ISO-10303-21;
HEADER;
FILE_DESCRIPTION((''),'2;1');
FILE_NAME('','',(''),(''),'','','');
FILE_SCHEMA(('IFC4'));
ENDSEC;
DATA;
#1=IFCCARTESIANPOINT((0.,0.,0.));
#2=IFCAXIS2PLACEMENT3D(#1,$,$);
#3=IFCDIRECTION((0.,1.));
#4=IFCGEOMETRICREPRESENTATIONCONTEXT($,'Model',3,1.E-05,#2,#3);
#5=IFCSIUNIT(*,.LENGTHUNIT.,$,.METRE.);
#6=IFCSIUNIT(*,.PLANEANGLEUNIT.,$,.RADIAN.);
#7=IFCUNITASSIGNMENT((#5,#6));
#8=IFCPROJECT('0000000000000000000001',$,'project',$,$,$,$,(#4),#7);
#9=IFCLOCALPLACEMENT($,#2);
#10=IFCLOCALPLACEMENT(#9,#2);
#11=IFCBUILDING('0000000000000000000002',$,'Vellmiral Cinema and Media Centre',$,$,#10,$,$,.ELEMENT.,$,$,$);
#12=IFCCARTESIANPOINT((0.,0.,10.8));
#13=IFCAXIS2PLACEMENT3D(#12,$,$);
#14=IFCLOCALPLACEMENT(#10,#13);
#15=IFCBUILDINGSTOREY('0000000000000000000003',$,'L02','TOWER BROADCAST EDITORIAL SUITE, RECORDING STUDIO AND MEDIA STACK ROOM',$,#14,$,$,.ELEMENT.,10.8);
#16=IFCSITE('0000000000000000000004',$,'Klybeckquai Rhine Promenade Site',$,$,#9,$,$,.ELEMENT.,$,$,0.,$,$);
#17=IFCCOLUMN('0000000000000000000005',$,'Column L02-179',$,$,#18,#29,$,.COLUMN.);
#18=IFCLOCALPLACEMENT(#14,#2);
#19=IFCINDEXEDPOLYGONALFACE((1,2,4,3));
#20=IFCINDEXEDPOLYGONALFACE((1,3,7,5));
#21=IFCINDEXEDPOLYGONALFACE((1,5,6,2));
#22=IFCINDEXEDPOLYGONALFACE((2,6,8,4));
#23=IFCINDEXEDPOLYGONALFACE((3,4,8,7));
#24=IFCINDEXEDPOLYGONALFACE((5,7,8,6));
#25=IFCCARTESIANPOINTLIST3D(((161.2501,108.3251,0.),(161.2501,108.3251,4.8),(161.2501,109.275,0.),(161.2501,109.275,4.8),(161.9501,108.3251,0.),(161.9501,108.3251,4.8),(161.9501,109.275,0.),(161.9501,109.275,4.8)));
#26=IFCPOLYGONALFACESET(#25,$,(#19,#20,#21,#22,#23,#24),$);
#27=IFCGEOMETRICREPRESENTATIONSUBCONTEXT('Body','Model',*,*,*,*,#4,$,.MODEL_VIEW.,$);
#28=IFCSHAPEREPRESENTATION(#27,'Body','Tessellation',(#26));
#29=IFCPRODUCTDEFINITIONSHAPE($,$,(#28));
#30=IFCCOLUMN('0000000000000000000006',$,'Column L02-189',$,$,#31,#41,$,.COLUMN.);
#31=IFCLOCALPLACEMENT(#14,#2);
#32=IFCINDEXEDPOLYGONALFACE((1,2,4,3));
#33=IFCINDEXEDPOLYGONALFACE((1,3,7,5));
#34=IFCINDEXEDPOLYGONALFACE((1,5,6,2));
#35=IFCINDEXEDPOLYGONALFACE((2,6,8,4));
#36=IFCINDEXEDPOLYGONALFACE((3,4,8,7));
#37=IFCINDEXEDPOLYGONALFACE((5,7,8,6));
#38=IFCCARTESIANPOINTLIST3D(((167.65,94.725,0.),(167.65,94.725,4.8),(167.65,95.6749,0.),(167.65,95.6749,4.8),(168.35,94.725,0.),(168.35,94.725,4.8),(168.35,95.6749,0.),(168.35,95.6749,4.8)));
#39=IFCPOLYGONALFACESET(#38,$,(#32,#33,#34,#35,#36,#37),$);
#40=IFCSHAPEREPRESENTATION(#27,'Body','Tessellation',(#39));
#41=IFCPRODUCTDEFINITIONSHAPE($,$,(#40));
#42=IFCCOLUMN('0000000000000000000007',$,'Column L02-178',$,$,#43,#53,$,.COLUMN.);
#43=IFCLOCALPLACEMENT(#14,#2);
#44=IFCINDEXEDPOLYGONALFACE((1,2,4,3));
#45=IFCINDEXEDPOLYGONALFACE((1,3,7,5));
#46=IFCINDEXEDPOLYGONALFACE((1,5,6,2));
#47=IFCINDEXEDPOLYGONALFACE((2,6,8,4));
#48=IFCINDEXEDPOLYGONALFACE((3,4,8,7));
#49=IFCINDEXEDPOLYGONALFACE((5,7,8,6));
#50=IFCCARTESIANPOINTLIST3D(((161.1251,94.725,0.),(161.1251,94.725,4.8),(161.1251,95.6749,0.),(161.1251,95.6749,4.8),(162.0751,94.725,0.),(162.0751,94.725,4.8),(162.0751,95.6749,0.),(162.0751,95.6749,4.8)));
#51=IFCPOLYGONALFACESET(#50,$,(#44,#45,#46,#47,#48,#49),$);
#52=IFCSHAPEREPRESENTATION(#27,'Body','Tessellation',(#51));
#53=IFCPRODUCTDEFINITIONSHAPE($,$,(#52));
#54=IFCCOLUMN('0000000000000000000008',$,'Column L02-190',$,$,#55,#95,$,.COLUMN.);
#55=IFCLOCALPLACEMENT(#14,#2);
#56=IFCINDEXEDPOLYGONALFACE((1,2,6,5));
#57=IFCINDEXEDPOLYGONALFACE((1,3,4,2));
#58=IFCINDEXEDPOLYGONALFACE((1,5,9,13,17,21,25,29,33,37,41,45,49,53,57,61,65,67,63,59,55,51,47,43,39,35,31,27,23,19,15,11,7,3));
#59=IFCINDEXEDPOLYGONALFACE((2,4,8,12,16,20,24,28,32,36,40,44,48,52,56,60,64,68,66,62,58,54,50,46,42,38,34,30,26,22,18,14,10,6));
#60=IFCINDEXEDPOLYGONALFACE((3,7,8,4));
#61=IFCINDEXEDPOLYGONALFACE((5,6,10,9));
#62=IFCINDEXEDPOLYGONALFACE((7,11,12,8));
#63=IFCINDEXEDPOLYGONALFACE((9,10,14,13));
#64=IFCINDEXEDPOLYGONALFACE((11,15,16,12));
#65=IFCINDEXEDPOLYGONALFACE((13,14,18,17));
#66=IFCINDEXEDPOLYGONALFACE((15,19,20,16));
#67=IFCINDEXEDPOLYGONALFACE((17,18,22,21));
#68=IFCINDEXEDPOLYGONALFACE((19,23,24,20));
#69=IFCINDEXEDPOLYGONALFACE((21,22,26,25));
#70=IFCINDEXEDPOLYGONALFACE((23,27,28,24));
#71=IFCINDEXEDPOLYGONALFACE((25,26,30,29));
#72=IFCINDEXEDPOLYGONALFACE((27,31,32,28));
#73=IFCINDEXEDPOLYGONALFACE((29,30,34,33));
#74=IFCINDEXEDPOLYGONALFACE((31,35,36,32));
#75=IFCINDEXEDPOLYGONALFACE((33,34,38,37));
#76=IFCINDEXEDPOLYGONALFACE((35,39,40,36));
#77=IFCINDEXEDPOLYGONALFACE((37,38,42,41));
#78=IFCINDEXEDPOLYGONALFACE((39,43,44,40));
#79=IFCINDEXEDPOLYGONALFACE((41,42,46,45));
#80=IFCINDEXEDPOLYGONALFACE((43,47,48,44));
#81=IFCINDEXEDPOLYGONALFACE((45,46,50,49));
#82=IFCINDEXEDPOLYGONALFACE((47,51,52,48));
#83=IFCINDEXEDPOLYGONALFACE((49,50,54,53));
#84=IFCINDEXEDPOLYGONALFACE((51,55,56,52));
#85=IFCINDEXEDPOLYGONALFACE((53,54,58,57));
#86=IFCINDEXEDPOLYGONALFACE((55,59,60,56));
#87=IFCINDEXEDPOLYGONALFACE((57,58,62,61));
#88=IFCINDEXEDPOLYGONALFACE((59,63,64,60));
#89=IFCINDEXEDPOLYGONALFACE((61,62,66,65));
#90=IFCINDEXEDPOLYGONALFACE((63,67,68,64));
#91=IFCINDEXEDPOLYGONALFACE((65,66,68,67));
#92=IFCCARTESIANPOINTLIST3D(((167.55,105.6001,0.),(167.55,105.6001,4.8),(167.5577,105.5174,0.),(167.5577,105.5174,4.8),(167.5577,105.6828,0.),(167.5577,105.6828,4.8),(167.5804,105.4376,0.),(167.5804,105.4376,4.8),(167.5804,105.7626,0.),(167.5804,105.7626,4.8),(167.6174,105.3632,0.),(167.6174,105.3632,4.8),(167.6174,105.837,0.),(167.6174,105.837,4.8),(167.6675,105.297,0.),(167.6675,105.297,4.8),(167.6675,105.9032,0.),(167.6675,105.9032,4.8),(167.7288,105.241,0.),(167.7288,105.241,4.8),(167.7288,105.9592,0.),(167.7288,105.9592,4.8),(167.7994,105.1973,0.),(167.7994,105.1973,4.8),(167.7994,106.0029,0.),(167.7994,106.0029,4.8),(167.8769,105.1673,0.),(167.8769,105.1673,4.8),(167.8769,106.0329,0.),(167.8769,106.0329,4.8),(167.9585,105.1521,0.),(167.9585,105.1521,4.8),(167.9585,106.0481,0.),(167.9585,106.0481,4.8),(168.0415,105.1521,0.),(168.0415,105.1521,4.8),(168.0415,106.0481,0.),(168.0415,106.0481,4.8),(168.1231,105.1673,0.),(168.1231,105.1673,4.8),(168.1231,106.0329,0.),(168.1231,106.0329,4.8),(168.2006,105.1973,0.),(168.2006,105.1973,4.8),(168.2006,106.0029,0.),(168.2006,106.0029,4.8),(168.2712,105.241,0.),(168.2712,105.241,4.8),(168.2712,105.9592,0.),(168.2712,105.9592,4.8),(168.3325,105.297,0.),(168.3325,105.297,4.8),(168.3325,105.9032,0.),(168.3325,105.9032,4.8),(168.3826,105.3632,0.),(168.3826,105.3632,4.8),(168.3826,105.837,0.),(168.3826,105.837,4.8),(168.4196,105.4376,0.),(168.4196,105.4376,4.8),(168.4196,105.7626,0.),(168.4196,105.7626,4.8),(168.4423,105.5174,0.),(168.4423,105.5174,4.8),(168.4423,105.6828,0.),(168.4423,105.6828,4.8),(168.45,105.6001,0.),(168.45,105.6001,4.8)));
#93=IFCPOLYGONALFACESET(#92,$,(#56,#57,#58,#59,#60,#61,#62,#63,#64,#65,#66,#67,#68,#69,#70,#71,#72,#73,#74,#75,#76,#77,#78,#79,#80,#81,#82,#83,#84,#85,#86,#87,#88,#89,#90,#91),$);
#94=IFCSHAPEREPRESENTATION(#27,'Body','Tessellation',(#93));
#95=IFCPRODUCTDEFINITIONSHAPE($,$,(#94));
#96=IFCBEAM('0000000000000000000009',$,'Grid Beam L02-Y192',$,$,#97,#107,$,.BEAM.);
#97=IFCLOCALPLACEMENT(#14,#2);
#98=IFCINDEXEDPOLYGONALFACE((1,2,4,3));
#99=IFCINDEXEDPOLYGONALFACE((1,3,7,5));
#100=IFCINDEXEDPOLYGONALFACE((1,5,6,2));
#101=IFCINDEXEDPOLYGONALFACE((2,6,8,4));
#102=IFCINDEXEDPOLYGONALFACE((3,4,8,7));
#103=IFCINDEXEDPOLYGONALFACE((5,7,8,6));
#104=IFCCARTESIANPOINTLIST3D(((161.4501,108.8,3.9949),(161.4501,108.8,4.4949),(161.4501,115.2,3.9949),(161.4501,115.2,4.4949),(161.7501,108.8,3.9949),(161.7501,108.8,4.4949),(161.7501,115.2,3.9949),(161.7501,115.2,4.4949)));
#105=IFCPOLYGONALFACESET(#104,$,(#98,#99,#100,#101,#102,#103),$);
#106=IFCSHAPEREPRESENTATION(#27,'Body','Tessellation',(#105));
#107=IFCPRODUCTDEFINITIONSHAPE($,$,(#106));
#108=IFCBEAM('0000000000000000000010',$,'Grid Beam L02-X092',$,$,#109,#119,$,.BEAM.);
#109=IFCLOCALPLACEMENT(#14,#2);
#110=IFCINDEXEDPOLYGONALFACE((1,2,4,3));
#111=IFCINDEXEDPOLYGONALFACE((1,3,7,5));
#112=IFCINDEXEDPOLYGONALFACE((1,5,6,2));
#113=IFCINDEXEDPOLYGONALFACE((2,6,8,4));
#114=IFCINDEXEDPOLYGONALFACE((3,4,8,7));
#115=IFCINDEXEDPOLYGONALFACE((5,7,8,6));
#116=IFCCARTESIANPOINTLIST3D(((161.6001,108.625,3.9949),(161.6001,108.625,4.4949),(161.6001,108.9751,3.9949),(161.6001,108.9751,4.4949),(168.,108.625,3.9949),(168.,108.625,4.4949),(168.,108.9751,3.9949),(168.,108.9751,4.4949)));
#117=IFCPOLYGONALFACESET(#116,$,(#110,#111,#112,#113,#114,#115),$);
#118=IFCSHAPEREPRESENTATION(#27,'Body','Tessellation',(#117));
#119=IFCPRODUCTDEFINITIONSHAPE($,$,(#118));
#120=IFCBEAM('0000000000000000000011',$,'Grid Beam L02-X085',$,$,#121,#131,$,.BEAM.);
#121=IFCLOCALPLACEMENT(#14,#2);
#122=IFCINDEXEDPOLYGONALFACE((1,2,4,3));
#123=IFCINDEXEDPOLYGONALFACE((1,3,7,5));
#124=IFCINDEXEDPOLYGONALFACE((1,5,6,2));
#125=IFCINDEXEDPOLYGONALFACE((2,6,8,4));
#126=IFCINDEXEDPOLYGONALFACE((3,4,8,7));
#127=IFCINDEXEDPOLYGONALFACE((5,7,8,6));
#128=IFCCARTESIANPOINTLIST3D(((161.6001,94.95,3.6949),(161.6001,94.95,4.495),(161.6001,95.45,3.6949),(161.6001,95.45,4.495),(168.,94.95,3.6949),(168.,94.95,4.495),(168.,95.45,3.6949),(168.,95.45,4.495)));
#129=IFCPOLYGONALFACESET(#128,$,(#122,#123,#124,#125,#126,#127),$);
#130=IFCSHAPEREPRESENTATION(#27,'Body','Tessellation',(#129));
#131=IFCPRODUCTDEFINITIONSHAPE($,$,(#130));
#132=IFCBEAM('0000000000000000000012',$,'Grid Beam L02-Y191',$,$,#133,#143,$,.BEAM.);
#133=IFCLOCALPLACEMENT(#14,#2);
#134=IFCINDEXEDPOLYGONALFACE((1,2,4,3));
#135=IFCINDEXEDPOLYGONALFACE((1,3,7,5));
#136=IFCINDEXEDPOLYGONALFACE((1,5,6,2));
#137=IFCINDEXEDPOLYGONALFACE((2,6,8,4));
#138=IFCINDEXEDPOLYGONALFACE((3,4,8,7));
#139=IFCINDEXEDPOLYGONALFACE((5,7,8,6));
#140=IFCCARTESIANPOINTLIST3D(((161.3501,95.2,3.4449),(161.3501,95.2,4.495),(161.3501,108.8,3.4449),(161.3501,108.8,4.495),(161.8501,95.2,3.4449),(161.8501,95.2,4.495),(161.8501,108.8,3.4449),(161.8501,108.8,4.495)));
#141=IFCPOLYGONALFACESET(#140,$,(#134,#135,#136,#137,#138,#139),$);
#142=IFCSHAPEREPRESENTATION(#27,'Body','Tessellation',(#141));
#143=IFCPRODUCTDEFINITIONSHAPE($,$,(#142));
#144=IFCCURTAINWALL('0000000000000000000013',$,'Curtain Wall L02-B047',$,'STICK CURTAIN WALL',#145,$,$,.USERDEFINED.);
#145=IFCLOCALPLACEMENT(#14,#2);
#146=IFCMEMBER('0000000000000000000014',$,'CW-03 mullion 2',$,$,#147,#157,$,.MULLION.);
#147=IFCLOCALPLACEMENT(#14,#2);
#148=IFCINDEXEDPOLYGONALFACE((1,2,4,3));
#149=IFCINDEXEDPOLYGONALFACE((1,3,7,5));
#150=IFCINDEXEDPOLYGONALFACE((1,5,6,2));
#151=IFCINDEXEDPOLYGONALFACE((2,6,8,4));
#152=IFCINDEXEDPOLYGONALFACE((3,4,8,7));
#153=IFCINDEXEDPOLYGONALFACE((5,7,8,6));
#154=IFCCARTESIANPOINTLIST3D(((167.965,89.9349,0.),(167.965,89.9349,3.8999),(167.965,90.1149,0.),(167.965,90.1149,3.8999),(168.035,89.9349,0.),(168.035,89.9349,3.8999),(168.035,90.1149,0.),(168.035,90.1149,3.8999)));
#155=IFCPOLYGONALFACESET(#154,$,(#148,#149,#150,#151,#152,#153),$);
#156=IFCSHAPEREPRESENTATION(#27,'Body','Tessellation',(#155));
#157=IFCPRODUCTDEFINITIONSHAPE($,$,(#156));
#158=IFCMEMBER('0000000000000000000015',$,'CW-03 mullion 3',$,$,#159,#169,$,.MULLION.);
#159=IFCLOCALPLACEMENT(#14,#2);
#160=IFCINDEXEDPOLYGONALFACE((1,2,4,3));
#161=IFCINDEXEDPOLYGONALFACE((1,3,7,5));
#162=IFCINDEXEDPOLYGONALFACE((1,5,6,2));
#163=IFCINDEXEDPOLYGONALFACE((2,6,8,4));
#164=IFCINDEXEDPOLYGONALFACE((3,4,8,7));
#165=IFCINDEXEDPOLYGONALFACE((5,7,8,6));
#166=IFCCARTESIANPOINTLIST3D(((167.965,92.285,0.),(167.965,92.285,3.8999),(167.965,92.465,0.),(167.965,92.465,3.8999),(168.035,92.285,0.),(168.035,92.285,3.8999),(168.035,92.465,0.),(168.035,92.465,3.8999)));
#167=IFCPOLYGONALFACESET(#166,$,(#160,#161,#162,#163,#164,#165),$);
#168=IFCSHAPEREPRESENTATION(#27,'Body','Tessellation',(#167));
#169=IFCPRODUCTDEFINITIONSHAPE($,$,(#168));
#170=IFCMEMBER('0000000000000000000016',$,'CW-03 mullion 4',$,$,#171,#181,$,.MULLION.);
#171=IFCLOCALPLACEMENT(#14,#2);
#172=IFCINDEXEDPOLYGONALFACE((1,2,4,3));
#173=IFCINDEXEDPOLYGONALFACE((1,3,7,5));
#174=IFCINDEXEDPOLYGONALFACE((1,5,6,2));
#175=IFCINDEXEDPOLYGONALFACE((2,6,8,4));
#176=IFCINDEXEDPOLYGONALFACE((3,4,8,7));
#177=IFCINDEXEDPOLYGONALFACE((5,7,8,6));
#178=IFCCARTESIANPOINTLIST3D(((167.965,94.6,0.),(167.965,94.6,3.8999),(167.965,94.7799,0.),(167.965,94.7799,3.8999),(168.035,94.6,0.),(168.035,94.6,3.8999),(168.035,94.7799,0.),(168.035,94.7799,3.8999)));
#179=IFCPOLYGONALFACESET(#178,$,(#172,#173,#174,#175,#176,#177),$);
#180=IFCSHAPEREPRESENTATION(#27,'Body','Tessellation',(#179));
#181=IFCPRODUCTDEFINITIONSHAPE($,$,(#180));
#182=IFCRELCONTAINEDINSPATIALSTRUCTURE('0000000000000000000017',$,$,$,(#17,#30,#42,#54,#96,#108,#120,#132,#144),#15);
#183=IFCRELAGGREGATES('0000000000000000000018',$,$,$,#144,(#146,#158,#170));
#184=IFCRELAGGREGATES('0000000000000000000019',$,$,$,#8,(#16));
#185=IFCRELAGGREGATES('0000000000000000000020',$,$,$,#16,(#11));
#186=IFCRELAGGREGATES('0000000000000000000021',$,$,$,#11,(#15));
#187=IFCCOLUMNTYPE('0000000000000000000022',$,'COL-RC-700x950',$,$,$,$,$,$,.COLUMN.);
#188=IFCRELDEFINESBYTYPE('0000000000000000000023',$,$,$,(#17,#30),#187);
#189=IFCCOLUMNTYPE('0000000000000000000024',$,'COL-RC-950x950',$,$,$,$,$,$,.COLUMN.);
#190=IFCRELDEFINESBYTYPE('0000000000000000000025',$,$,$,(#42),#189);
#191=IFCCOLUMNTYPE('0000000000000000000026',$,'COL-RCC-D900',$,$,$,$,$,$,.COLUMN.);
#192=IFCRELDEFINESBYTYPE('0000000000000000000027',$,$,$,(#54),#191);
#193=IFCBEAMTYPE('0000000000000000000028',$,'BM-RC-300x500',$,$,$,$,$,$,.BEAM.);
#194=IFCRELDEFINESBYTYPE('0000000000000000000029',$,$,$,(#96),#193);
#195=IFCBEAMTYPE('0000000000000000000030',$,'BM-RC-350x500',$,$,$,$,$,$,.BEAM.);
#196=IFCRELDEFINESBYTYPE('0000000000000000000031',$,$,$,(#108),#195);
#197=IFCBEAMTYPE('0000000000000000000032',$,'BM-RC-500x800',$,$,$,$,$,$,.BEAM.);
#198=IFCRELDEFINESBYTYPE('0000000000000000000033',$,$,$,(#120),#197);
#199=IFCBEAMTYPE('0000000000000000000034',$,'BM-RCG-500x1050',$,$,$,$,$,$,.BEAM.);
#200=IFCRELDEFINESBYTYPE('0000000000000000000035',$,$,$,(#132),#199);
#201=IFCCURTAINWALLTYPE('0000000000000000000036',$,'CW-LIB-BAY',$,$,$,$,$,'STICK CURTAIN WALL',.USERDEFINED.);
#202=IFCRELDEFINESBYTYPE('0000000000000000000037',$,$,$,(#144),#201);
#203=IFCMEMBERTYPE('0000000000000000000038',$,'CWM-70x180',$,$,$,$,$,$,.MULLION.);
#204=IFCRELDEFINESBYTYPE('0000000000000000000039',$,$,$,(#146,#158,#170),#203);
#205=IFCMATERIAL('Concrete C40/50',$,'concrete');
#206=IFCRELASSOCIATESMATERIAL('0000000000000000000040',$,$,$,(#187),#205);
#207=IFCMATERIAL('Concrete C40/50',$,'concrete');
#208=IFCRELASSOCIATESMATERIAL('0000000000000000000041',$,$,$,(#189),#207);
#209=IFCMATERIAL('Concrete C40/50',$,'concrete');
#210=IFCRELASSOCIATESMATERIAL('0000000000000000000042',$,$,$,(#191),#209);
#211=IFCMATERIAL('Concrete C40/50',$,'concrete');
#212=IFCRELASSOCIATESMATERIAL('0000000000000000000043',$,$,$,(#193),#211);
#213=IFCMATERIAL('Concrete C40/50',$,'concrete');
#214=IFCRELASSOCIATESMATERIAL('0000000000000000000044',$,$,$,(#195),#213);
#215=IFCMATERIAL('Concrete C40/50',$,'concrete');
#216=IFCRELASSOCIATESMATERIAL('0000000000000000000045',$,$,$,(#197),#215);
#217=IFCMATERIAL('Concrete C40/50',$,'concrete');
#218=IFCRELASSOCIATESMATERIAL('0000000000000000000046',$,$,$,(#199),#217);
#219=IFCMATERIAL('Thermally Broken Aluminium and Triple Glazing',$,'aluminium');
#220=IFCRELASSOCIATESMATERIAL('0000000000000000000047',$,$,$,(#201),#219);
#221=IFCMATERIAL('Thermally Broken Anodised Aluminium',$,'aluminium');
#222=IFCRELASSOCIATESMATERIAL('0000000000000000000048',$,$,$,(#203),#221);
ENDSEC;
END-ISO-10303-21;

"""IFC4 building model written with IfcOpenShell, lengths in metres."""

from ifc_helpers import new_model, si_unit, direction, frame, origin, origin_2d, place, context, subcontext, project, spatial, rectangle, circle, extrude, material, material_profile, profile_set, type_object, element, aggregate, save


model = new_model("IFC4")

# Units and contexts
model_context = context("Model", 3, precision=1e-05, world=origin(), true_north=direction((0.0, 1.0)))
body_context = subcontext(model_context, "Body", "Model", "MODEL_VIEW")
ifc_project = project(units=[si_unit("LENGTHUNIT", "METRE"), si_unit("PLANEANGLEUNIT", "RADIAN")], contexts=[model_context])

# Site, building, storey
site_placement = place(None, origin())
site = spatial("IfcSite", under=ifc_project, at=site_placement, Name="Klybeckquai Rhine Promenade Site", CompositionType="ELEMENT", RefElevation=0.0)
building_placement = place(site_placement, origin())
building = spatial("IfcBuilding", under=site, at=building_placement, Name="Vellmiral Cinema and Media Centre", CompositionType="ELEMENT")
storey_placement = place(building_placement, frame((0.0, 0.0, 10.8)))
storey = spatial("IfcBuildingStorey", under=building, at=storey_placement, Name="L02", Description="TOWER BROADCAST EDITORIAL SUITE, RECORDING STUDIO AND MEDIA STACK ROOM", CompositionType="ELEMENT", Elevation=10.8)

# Columns
ifc_material_1 = material(Name="Concrete C40/50", Category="concrete")
ifc_material_profile_1 = material_profile(ifc_material_1, rectangle(XDim=0.7, YDim=0.95, at=origin_2d()), Name="RC 700x950")
ifc_profile_set_1 = profile_set([ifc_material_profile_1], Name="Concrete C40/50")
column_type_1 = type_object("IfcColumnType", Name="COL-RC-700x950", PredefinedType="COLUMN", material=ifc_profile_set_1)
for number, where, z_axis, x_axis, name in (
    (1, (161.6001, 108.8, 0.0), (0.0, 0.0, 1.0), (1.0, 0.0, 0.0), "Column L02-179"),
    (2, (168.0, 95.2, 0.0), (0.0, 0.0, 1.0), (1.0, 0.0, 0.0), "Column L02-189"),
):
    element("IfcColumn", number, at=place(storey_placement, frame(where, z_axis=z_axis, x_axis=x_axis)), inside=storey, type_object=column_type_1, Name=name, PredefinedType="COLUMN", context=body_context, shape_type="SweptSolid", body=[
        extrude(rectangle(XDim=0.7, YDim=0.95, at=origin_2d()), origin(), (0.0, 0.0, 1.0), 4.8),
    ])
ifc_material_2 = material(Name="Concrete C40/50", Category="concrete")
ifc_material_profile_2 = material_profile(ifc_material_2, rectangle(XDim=0.95, YDim=0.95, at=origin_2d()), Name="RC 950x950")
ifc_profile_set_2 = profile_set([ifc_material_profile_2], Name="Concrete C40/50")
column_type_2 = type_object("IfcColumnType", Name="COL-RC-950x950", PredefinedType="COLUMN", material=ifc_profile_set_2)
column_1_placement = place(storey_placement, frame((161.6001, 95.2, 0.0), z_axis=(0.0, 0.0, 1.0), x_axis=(1.0, 0.0, 0.0)))
element("IfcColumn", 3, at=column_1_placement, inside=storey, type_object=column_type_2, Name="Column L02-178", PredefinedType="COLUMN", context=body_context, shape_type="SweptSolid", body=[
    extrude(rectangle(XDim=0.95, YDim=0.95, at=origin_2d()), origin(), (0.0, 0.0, 1.0), 4.8),
])
ifc_material_3 = material(Name="Concrete C40/50", Category="concrete")
ifc_material_profile_3 = material_profile(ifc_material_3, circle(Radius=0.45, at=origin_2d()), Name="RC D900")
ifc_profile_set_3 = profile_set([ifc_material_profile_3], Name="Concrete C40/50")
column_type_3 = type_object("IfcColumnType", Name="COL-RCC-D900", PredefinedType="COLUMN", material=ifc_profile_set_3)
column_2_placement = place(storey_placement, frame((168.0, 105.6001, 0.0), z_axis=(0.0, 0.0, 1.0), x_axis=(1.0, 0.0, 0.0)))
element("IfcColumn", 4, at=column_2_placement, inside=storey, type_object=column_type_3, Name="Column L02-190", PredefinedType="COLUMN", context=body_context, shape_type="SweptSolid", body=[
    extrude(circle(Radius=0.45, at=origin_2d()), origin(), (0.0, 0.0, 1.0), 4.8),
])

# Beams
ifc_material_4 = material(Name="Concrete C40/50", Category="concrete")
ifc_material_profile_4 = material_profile(ifc_material_4, rectangle(XDim=0.3, YDim=0.5, at=origin_2d()), Name="RC 300x500")
ifc_profile_set_4 = profile_set([ifc_material_profile_4], Name="Concrete C40/50")
beam_type_1 = type_object("IfcBeamType", Name="BM-RC-300x500", PredefinedType="BEAM", material=ifc_profile_set_4)
beam_1_placement = place(storey_placement, frame((161.6001, 108.8, 4.2449), z_axis=(0.0, 1.0, 0.0), x_axis=(-1.0, 0.0, 0.0)))
element("IfcBeam", 5, at=beam_1_placement, inside=storey, type_object=beam_type_1, Name="Grid Beam L02-Y192", PredefinedType="BEAM", context=body_context, shape_type="SweptSolid", body=[
    extrude(rectangle(XDim=0.3, YDim=0.5, at=origin_2d()), origin(), (0.0, 0.0, 1.0), 6.3999),
])
ifc_material_5 = material(Name="Concrete C40/50", Category="concrete")
ifc_material_profile_5 = material_profile(ifc_material_5, rectangle(XDim=0.3501, YDim=0.5, at=origin_2d()), Name="RC 350x500")
ifc_profile_set_5 = profile_set([ifc_material_profile_5], Name="Concrete C40/50")
beam_type_2 = type_object("IfcBeamType", Name="BM-RC-350x500", PredefinedType="BEAM", material=ifc_profile_set_5)
beam_2_placement = place(storey_placement, frame((161.6001, 108.8, 4.2449), z_axis=(1.0, 0.0, 0.0), x_axis=(0.0, 1.0, 0.0)))
element("IfcBeam", 6, at=beam_2_placement, inside=storey, type_object=beam_type_2, Name="Grid Beam L02-X092", PredefinedType="BEAM", context=body_context, shape_type="SweptSolid", body=[
    extrude(rectangle(XDim=0.3501, YDim=0.5, at=origin_2d()), origin(), (0.0, 0.0, 1.0), 6.3999),
])
ifc_material_6 = material(Name="Concrete C40/50", Category="concrete")
ifc_material_profile_6 = material_profile(ifc_material_6, rectangle(XDim=0.5, YDim=0.8, at=origin_2d()), Name="RC 500x800")
ifc_profile_set_6 = profile_set([ifc_material_profile_6], Name="Concrete C40/50")
beam_type_3 = type_object("IfcBeamType", Name="BM-RC-500x800", PredefinedType="BEAM", material=ifc_profile_set_6)
beam_3_placement = place(storey_placement, frame((161.6001, 95.2, 4.095), z_axis=(1.0, 0.0, 0.0), x_axis=(0.0, 1.0, 0.0)))
element("IfcBeam", 7, at=beam_3_placement, inside=storey, type_object=beam_type_3, Name="Grid Beam L02-X085", PredefinedType="BEAM", context=body_context, shape_type="SweptSolid", body=[
    extrude(rectangle(XDim=0.5, YDim=0.8, at=origin_2d()), origin(), (0.0, 0.0, 1.0), 6.3999),
])
ifc_material_7 = material(Name="Concrete C40/50", Category="concrete")
ifc_material_profile_7 = material_profile(ifc_material_7, rectangle(XDim=0.5, YDim=1.05, at=origin_2d()), Name="RC 500x1050")
ifc_profile_set_7 = profile_set([ifc_material_profile_7], Name="Concrete C40/50")
beam_type_4 = type_object("IfcBeamType", Name="BM-RCG-500x1050", PredefinedType="BEAM", material=ifc_profile_set_7)
beam_4_placement = place(storey_placement, frame((161.6001, 95.2, 3.97), z_axis=(0.0, 1.0, 0.0), x_axis=(-1.0, 0.0, 0.0)))
element("IfcBeam", 8, at=beam_4_placement, inside=storey, type_object=beam_type_4, Name="Grid Beam L02-Y191", PredefinedType="BEAM", context=body_context, shape_type="SweptSolid", body=[
    extrude(rectangle(XDim=0.5, YDim=1.05, at=origin_2d()), origin(), (0.0, 0.0, 1.0), 13.6001),
])

# Curtain wall, members
ifc_material_8 = material(Name="Thermally Broken Aluminium and Triple Glazing", Category="aluminium")
curtain_wall_type = type_object("IfcCurtainWallType", Name="CW-LIB-BAY", ElementType="STICK CURTAIN WALL", PredefinedType="USERDEFINED", material=ifc_material_8)
curtain_wall_placement = place(storey_placement, origin())
curtain_wall = element("IfcCurtainWall", 9, at=curtain_wall_placement, inside=storey, type_object=curtain_wall_type, Name="Curtain Wall L02-B047", ObjectType="STICK CURTAIN WALL", PredefinedType="USERDEFINED")
ifc_material_9 = material(Name="Thermally Broken Anodised Aluminium", Category="aluminium")
ifc_material_profile_8 = material_profile(ifc_material_9, rectangle(XDim=0.0701, YDim=0.1799, at=origin_2d()), Name="MULL 70x180")
ifc_profile_set_8 = profile_set([ifc_material_profile_8], Name="Thermally Broken Anodised Aluminium")
member_type_1 = type_object("IfcMemberType", Name="CWM-70x180", PredefinedType="MULLION", material=ifc_profile_set_8)
member_1_placement = place(storey_placement, frame((168.0, 90.0249, 0.0), z_axis=(0.0, 0.0, 1.0), x_axis=(-1.0, 0.0, 0.0)))
member_1 = element("IfcMember", 10, at=member_1_placement, type_object=member_type_1, Name="CW-03 mullion 2", PredefinedType="MULLION", context=body_context, shape_type="SweptSolid", body=[
    extrude(rectangle(XDim=0.0701, YDim=0.1799, at=origin_2d()), origin(), (0.0, 0.0, 1.0), 3.8999),
])
member_2_placement = place(storey_placement, frame((168.0, 92.375, 0.0), z_axis=(0.0, 0.0, 1.0), x_axis=(-1.0, 0.0, 0.0)))
member_2 = element("IfcMember", 11, at=member_2_placement, type_object=member_type_1, Name="CW-03 mullion 3", PredefinedType="MULLION", context=body_context, shape_type="SweptSolid", body=[
    extrude(rectangle(XDim=0.0701, YDim=0.1799, at=origin_2d()), origin(), (0.0, 0.0, 1.0), 3.8999),
])
member_3_placement = place(storey_placement, frame((168.0, 94.6899, 0.0), z_axis=(0.0, 0.0, 1.0), x_axis=(-1.0, 0.0, 0.0)))
member_3 = element("IfcMember", 12, at=member_3_placement, type_object=member_type_1, Name="CW-03 mullion 4", PredefinedType="MULLION", context=body_context, shape_type="SweptSolid", body=[
    extrude(rectangle(XDim=0.0701, YDim=0.1799, at=origin_2d()), origin(), (0.0, 0.0, 1.0), 3.8999),
])

aggregate(curtain_wall, [member_1, member_2, member_3])

save(model, "model.ifc")
